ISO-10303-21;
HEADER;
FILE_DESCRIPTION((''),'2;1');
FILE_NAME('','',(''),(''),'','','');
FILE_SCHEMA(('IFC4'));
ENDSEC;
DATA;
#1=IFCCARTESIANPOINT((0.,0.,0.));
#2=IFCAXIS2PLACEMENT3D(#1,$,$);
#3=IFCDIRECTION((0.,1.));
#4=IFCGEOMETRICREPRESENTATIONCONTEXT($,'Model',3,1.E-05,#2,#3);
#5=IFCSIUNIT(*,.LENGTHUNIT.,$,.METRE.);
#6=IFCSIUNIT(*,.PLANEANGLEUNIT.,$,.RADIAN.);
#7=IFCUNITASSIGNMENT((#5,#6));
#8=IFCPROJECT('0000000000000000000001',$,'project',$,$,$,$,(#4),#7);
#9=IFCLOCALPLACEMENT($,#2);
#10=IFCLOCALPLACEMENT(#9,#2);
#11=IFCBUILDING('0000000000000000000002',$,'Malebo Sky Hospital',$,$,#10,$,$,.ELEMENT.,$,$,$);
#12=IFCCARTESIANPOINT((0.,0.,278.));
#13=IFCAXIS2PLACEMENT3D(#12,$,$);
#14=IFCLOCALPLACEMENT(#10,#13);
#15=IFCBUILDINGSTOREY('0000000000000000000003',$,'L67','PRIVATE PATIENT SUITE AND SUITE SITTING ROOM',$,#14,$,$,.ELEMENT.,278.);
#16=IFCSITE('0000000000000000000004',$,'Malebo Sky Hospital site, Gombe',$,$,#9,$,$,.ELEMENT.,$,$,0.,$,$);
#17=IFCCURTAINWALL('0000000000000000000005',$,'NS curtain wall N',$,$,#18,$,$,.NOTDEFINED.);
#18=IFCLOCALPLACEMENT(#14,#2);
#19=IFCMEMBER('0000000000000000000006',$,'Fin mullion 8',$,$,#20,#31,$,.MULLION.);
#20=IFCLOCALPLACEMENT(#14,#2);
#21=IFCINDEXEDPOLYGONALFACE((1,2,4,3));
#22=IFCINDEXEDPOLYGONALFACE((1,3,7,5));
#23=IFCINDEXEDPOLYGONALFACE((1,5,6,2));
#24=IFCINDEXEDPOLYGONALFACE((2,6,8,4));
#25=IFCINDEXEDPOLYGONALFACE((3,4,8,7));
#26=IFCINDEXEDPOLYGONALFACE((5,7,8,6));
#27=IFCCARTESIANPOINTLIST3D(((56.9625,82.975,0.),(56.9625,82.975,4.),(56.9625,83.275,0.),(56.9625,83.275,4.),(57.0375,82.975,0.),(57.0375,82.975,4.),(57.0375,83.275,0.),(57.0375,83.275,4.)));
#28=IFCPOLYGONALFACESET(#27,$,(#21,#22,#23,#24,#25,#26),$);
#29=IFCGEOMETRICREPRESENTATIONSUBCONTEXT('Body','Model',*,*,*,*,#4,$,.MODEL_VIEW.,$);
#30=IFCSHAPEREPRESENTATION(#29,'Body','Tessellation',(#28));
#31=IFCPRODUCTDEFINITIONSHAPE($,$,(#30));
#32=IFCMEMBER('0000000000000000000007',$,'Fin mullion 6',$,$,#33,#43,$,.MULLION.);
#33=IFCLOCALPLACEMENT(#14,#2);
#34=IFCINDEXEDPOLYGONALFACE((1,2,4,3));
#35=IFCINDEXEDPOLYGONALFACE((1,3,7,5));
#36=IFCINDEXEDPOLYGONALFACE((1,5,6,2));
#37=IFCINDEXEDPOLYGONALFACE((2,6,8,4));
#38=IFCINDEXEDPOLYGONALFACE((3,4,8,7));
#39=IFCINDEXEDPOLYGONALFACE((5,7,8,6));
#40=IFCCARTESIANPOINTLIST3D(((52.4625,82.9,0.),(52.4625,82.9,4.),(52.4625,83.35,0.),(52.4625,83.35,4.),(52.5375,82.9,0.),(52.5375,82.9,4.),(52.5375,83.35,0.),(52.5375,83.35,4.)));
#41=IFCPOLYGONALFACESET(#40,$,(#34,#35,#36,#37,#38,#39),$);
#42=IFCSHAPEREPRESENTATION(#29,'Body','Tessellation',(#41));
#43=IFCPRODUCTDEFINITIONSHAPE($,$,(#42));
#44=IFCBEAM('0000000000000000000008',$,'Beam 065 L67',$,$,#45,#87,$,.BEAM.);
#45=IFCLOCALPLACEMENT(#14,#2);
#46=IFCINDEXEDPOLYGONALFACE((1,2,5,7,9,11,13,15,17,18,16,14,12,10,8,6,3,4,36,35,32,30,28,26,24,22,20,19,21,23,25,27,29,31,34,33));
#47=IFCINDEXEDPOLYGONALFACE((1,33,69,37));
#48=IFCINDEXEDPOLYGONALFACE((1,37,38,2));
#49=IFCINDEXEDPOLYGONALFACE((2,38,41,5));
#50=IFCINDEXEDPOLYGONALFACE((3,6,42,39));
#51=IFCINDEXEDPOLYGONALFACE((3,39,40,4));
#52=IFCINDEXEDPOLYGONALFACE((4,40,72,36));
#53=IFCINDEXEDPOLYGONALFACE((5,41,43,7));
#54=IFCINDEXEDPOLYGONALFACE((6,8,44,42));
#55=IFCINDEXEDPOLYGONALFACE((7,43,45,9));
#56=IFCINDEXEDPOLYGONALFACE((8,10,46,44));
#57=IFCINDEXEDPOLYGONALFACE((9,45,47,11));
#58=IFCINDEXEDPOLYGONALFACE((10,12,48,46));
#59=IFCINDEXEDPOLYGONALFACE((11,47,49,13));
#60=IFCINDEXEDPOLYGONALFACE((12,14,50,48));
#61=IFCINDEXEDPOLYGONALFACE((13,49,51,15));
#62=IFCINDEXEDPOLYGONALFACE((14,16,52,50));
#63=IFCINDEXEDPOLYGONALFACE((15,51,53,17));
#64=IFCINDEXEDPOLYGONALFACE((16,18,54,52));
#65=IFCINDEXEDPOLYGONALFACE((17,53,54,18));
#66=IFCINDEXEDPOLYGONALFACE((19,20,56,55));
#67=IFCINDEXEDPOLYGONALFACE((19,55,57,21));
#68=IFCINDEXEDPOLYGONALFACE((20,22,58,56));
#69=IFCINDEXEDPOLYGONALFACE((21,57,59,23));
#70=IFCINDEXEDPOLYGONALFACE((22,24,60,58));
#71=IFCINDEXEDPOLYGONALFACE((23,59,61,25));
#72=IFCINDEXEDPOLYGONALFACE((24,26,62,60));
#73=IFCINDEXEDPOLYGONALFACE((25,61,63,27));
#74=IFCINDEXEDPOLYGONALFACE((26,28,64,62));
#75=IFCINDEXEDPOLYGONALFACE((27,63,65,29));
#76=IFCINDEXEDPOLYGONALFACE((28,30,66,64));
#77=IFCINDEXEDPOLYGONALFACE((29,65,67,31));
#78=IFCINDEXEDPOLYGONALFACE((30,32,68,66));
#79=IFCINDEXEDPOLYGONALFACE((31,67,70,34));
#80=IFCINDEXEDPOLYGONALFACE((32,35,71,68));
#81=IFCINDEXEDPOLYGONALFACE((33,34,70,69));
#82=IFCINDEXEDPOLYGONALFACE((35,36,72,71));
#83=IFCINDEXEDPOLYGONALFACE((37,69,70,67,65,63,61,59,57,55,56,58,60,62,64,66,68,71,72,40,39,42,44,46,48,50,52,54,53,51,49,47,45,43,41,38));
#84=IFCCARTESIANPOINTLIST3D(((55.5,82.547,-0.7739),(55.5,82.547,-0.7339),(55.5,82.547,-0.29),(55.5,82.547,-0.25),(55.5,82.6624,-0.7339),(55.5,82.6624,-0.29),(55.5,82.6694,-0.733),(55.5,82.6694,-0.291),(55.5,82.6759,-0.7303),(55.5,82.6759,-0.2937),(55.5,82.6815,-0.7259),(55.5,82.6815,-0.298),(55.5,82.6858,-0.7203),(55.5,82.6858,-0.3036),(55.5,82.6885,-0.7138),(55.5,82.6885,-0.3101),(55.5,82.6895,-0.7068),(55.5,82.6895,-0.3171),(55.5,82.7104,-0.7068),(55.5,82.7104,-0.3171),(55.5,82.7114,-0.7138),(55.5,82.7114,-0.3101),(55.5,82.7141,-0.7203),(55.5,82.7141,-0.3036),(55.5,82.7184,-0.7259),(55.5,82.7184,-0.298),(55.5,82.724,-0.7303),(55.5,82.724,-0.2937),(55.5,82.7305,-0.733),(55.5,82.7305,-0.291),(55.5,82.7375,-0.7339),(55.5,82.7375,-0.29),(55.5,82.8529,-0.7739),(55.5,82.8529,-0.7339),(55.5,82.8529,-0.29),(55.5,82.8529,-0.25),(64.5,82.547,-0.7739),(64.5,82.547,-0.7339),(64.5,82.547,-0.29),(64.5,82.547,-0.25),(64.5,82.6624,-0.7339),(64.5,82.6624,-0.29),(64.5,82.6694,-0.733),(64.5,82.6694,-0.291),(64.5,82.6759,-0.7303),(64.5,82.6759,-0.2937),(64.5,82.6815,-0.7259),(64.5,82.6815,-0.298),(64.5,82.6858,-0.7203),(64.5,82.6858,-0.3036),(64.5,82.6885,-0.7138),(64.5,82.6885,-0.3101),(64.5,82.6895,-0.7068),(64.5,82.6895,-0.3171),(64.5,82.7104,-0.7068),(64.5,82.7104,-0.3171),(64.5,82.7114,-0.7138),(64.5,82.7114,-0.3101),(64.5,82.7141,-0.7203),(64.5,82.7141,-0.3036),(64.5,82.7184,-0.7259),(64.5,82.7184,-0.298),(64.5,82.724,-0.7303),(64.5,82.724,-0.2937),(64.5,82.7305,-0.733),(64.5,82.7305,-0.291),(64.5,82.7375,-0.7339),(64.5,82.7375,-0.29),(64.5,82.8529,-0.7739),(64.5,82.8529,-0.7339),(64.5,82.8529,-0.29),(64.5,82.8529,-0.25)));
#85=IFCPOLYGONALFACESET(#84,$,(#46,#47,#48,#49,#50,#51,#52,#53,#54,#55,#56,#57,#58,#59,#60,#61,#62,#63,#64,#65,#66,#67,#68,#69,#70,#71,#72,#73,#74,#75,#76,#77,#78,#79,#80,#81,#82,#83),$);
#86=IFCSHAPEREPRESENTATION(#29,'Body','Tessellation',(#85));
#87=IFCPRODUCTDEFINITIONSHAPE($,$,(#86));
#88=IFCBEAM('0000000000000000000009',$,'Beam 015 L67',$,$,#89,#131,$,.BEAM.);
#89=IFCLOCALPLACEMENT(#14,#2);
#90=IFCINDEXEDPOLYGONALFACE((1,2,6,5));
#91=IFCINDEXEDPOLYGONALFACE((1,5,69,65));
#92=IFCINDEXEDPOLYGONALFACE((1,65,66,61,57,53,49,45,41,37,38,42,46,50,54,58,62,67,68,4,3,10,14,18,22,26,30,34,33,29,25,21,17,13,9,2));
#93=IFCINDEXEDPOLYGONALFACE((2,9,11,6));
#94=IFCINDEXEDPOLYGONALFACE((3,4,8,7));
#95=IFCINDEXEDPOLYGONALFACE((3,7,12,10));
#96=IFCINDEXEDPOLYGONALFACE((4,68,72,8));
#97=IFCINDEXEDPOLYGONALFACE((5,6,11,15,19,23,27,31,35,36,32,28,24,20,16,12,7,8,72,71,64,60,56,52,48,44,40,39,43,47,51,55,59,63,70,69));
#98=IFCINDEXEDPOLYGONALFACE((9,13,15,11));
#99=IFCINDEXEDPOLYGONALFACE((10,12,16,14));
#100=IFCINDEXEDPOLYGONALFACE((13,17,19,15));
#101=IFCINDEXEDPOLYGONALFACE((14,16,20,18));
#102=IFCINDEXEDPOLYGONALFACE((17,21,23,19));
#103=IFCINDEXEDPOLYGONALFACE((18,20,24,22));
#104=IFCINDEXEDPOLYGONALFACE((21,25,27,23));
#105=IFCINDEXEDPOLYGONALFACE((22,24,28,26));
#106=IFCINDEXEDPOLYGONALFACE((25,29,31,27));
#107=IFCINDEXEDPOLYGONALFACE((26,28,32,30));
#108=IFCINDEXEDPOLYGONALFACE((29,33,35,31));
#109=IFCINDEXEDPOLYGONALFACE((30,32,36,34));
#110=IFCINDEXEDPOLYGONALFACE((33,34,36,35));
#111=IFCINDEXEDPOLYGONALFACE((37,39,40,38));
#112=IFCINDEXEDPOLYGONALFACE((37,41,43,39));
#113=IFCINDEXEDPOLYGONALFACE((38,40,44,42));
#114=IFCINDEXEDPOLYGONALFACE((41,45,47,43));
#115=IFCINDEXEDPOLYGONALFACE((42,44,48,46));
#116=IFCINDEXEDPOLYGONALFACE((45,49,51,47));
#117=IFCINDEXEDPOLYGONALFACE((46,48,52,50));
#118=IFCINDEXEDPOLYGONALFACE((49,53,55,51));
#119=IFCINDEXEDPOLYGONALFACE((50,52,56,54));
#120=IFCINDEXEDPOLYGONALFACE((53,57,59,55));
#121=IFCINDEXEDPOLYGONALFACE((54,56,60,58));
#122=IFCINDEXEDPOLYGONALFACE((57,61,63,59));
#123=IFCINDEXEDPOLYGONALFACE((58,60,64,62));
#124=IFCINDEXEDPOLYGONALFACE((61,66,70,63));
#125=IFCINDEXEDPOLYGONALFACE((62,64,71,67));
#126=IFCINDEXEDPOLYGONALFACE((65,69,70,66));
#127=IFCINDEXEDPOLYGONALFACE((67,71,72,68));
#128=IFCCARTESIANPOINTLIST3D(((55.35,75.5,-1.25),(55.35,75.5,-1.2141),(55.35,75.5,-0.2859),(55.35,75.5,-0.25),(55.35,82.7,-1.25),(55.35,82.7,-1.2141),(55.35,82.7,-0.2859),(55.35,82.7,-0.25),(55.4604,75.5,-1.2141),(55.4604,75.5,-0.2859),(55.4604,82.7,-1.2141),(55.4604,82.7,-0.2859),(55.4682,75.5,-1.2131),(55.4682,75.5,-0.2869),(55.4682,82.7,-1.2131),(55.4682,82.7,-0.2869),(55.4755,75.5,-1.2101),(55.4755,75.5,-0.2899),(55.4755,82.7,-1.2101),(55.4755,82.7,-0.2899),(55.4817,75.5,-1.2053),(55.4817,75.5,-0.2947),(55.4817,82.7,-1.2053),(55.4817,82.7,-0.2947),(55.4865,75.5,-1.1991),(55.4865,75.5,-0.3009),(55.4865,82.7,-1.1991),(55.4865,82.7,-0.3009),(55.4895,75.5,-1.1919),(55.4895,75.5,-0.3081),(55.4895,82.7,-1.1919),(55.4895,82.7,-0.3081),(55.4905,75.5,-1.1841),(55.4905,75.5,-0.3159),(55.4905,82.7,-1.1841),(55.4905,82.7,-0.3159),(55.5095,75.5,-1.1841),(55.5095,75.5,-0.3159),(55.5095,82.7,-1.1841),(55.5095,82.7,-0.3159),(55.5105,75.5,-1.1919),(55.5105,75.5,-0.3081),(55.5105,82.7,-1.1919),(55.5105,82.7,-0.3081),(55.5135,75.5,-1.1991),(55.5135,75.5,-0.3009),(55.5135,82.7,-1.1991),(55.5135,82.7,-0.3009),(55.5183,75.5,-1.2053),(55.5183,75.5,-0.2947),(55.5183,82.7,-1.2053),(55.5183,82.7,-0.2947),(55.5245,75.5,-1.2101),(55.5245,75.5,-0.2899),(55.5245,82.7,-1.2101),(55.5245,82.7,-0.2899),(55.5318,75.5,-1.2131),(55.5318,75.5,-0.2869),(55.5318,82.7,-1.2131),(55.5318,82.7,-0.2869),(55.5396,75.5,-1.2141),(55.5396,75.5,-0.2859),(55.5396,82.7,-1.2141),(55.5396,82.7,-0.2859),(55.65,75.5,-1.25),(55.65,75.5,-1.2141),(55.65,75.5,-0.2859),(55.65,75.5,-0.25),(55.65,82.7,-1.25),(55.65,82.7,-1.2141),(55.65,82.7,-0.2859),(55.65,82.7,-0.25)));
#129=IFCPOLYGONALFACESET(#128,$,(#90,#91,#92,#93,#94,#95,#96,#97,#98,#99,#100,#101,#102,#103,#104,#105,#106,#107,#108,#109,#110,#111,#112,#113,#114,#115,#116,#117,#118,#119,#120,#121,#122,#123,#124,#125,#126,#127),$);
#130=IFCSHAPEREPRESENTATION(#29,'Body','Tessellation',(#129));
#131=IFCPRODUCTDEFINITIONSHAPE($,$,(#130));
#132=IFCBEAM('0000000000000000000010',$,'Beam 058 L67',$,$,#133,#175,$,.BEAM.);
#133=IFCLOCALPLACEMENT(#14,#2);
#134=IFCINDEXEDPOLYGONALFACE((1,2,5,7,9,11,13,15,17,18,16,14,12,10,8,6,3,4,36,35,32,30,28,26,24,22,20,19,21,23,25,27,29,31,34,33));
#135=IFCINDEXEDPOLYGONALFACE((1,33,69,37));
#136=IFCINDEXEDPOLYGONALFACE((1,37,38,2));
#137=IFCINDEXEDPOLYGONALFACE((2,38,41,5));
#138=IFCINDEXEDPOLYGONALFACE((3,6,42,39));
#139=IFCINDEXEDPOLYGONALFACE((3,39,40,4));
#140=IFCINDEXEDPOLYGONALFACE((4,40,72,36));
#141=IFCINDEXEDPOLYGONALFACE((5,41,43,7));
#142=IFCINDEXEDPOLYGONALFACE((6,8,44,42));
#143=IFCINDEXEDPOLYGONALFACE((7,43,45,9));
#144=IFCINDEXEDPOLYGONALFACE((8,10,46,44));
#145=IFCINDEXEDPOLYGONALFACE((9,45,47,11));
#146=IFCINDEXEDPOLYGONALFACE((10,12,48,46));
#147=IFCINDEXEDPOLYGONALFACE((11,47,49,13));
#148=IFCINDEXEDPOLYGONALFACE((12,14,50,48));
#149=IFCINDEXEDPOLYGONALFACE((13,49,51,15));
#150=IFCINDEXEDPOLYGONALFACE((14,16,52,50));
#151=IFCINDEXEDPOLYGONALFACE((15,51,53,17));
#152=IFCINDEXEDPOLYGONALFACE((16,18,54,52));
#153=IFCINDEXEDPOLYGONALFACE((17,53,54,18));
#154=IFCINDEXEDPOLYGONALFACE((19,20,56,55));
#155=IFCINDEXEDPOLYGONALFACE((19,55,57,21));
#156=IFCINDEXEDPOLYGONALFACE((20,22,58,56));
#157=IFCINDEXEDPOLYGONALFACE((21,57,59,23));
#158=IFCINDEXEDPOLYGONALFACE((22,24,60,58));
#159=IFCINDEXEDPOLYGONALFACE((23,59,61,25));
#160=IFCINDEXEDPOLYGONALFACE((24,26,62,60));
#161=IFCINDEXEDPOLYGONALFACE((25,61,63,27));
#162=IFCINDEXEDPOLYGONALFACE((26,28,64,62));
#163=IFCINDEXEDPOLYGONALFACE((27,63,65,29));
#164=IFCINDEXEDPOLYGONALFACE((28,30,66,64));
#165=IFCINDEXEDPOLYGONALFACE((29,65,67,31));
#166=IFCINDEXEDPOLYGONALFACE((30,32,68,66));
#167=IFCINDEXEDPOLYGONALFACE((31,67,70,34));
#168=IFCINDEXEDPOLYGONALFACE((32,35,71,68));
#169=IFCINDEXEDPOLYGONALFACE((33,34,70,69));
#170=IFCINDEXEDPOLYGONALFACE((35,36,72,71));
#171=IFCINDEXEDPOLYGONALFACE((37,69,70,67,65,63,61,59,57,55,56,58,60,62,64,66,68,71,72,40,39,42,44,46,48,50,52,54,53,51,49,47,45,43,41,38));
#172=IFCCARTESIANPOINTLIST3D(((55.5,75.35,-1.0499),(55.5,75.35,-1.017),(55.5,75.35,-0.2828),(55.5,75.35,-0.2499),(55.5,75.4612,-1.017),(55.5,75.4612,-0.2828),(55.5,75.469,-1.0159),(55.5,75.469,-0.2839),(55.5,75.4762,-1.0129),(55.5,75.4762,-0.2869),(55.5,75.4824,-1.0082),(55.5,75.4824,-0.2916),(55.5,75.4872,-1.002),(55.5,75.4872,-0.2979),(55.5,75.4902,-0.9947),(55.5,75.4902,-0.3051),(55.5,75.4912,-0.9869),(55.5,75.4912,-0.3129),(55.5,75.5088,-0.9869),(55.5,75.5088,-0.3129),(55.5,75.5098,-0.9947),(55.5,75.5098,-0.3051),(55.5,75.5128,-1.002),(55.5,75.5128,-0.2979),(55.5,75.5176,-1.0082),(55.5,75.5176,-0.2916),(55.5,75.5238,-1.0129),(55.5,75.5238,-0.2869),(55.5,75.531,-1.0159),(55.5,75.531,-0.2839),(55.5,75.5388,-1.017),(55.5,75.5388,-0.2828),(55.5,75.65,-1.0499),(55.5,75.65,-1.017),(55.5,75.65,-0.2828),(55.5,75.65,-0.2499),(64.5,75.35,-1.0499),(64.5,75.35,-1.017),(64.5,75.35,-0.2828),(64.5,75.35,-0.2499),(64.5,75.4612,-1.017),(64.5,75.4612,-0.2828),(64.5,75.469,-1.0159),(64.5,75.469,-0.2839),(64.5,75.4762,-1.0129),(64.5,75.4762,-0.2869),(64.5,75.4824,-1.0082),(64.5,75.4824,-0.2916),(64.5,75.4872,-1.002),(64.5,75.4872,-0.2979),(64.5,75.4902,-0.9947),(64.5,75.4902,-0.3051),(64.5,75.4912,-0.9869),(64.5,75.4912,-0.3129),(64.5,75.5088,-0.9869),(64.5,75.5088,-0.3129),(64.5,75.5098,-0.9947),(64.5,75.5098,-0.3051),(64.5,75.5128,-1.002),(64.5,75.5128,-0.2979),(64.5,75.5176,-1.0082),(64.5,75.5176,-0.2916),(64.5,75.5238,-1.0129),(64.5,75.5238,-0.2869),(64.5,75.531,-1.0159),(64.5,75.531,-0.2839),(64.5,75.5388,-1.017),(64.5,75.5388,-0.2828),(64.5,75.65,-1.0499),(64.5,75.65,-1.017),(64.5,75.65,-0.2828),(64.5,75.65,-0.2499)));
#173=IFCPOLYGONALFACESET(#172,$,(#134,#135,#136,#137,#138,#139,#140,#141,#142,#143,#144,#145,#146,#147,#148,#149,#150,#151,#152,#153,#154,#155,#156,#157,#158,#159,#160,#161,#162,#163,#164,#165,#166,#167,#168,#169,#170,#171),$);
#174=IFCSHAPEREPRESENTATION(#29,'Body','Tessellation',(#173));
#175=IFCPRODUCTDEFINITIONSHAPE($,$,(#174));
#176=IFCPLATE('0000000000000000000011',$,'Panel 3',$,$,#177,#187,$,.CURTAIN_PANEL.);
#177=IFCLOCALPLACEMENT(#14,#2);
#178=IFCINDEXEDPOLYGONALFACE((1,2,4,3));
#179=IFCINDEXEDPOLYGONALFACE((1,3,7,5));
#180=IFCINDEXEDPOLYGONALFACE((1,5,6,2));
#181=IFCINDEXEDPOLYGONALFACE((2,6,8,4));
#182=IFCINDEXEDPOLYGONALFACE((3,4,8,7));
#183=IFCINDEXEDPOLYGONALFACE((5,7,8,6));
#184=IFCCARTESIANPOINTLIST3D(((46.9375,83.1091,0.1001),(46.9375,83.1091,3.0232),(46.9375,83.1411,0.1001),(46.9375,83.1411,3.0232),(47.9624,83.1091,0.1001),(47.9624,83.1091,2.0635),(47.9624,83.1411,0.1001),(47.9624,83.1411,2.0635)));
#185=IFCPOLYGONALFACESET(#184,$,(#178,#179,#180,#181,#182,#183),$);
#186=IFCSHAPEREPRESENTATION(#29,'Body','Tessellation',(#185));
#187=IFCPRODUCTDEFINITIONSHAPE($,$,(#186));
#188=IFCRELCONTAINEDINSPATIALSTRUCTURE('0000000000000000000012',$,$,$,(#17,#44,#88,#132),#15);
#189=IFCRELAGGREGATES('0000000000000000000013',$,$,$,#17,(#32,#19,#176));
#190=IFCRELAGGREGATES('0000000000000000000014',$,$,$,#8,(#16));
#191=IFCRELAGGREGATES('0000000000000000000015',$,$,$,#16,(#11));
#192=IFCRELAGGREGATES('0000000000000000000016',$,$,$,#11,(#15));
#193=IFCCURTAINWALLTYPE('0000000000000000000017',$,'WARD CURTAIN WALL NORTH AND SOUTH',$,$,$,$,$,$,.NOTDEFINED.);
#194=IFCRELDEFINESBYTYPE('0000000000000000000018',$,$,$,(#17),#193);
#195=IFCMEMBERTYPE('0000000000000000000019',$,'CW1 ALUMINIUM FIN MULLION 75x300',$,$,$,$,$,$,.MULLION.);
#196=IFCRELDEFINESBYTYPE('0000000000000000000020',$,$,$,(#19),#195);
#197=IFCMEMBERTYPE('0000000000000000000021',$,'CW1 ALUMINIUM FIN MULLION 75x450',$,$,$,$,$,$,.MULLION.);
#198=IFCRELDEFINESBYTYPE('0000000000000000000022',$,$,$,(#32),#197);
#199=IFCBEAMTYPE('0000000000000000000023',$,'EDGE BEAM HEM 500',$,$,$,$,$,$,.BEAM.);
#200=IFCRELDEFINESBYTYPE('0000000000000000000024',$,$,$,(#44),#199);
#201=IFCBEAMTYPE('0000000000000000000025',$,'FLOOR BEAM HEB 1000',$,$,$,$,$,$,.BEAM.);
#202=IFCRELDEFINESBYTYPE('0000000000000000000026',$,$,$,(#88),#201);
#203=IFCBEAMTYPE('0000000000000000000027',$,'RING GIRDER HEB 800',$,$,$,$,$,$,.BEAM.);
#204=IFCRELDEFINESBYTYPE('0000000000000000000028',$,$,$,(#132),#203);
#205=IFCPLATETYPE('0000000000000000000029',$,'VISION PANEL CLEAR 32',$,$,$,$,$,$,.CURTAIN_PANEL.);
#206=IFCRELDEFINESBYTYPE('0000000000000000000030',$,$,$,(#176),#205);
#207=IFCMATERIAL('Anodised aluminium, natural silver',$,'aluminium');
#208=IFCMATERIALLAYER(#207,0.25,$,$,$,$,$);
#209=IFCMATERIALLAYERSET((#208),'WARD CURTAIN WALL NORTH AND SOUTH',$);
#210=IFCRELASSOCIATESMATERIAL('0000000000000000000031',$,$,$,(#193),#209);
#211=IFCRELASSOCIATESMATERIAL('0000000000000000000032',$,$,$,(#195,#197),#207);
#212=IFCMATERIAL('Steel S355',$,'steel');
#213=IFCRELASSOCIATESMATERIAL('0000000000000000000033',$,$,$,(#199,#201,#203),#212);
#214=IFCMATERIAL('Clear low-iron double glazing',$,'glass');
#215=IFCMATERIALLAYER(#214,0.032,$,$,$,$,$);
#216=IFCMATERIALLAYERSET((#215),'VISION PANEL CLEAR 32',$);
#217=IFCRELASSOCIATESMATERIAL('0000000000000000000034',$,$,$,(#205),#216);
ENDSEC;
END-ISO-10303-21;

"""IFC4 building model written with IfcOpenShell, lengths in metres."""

from ifc_helpers import new_model, si_unit, direction, frame, origin, origin_2d, place, context, subcontext, project, spatial, polyline, rectangle, i_section, outline, extrude, material, layer, layer_set, material_profile, profile_set, type_object, element, aggregate, save


model = new_model("IFC4")

# Units and contexts
model_context = context("Model", 3, precision=1e-05, world=origin(), true_north=direction((0.0, 1.0)))
body_context = subcontext(model_context, "Body", "Model", "MODEL_VIEW")
ifc_project = project(units=[si_unit("LENGTHUNIT", "METRE"), si_unit("PLANEANGLEUNIT", "RADIAN")], contexts=[model_context])

# Site, building, storey
site_placement = place(None, origin())
site = spatial("IfcSite", under=ifc_project, at=site_placement, Name="Malebo Sky Hospital site, Gombe", CompositionType="ELEMENT", RefElevation=0.0)
building_placement = place(site_placement, origin())
building = spatial("IfcBuilding", under=site, at=building_placement, Name="Malebo Sky Hospital", CompositionType="ELEMENT")
storey_placement = place(building_placement, frame((0.0, 0.0, 278.0)))
storey = spatial("IfcBuildingStorey", under=building, at=storey_placement, Name="L67", Description="PRIVATE PATIENT SUITE AND SUITE SITTING ROOM", CompositionType="ELEMENT", Elevation=278.0)

# Curtain wall
ifc_material_1 = material(Name="Anodised aluminium, natural silver", Category="aluminium")
ifc_layer_1 = layer(ifc_material_1, 0.25)
ifc_layer_set_1 = layer_set([ifc_layer_1], Name="WARD CURTAIN WALL NORTH AND SOUTH")
curtain_wall_type = type_object("IfcCurtainWallType", Name="WARD CURTAIN WALL NORTH AND SOUTH", PredefinedType="NOTDEFINED", material=ifc_layer_set_1)
curtain_wall_placement = place(storey_placement, origin())
curtain_wall = element("IfcCurtainWall", 1, at=curtain_wall_placement, inside=storey, type_object=curtain_wall_type, Name="NS curtain wall N", PredefinedType="NOTDEFINED")

# Members
ifc_material_2 = material(Name="Steel S355", Category="steel")
ifc_material_profile_1 = material_profile(ifc_material_1, rectangle(XDim=0.075, YDim=0.3, at=origin_2d()), Name="CW1 ALUMINIUM FIN MULLION 75x300")
ifc_profile_set_1 = profile_set([ifc_material_profile_1], Name="Anodised aluminium, natural silver")
member_type_1 = type_object("IfcMemberType", Name="CW1 ALUMINIUM FIN MULLION 75x300", PredefinedType="MULLION", material=ifc_profile_set_1)
member_1_placement = place(storey_placement, frame((57.0, 83.125, 0.0), z_axis=(0.0, 0.0, 1.0), x_axis=(1.0, 0.0, 0.0)))
member_1 = element("IfcMember", 2, at=member_1_placement, type_object=member_type_1, Name="Fin mullion 8", PredefinedType="MULLION", context=body_context, shape_type="SweptSolid", body=[
    extrude(rectangle(XDim=0.075, YDim=0.3, at=origin_2d()), origin(), (0.0, 0.0, 1.0), 4.0),
])
ifc_material_profile_2 = material_profile(ifc_material_1, rectangle(XDim=0.075, YDim=0.45, at=origin_2d()), Name="CW1 ALUMINIUM FIN MULLION 75x450")
ifc_profile_set_2 = profile_set([ifc_material_profile_2], Name="Anodised aluminium, natural silver")
member_type_2 = type_object("IfcMemberType", Name="CW1 ALUMINIUM FIN MULLION 75x450", PredefinedType="MULLION", material=ifc_profile_set_2)
member_2_placement = place(storey_placement, frame((52.5, 83.125, 0.0), z_axis=(0.0, 0.0, 1.0), x_axis=(1.0, 0.0, 0.0)))
member_2 = element("IfcMember", 3, at=member_2_placement, type_object=member_type_2, Name="Fin mullion 6", PredefinedType="MULLION", context=body_context, shape_type="SweptSolid", body=[
    extrude(rectangle(XDim=0.075, YDim=0.45, at=origin_2d()), origin(), (0.0, 0.0, 1.0), 4.0),
])

# Beams
ifc_material_profile_3 = material_profile(ifc_material_2, i_section(OverallWidth=0.3059, OverallDepth=0.5239, WebThickness=0.021, FlangeThickness=0.04, FilletRadius=0.0271, at=origin_2d()), Name="HEM 500")
ifc_profile_set_3 = profile_set([ifc_material_profile_3], Name="Steel S355")
beam_type_1 = type_object("IfcBeamType", Name="EDGE BEAM HEM 500", PredefinedType="BEAM", material=ifc_profile_set_3)
beam_1_placement = place(storey_placement, frame((55.5, 82.7, -0.512), z_axis=(1.0, 0.0, 0.0), x_axis=(0.0, 1.0, 0.0)))
element("IfcBeam", 4, at=beam_1_placement, inside=storey, type_object=beam_type_1, Name="Beam 065 L67", PredefinedType="BEAM", context=body_context, shape_type="SweptSolid", body=[
    extrude(i_section(OverallWidth=0.3059, OverallDepth=0.5239, WebThickness=0.021, FlangeThickness=0.04, FilletRadius=0.0271, at=origin_2d()), origin(), (0.0, 0.0, 1.0), 9.0),
])
ifc_material_profile_4 = material_profile(ifc_material_2, i_section(OverallWidth=0.3, OverallDepth=1.0, WebThickness=0.019, FlangeThickness=0.0359, FilletRadius=0.03, at=origin_2d()), Name="HEB 1000")
ifc_profile_set_4 = profile_set([ifc_material_profile_4], Name="Steel S355")
beam_type_2 = type_object("IfcBeamType", Name="FLOOR BEAM HEB 1000", PredefinedType="BEAM", material=ifc_profile_set_4)
beam_2_placement = place(storey_placement, frame((55.5, 75.5, -0.75), z_axis=(0.0, 1.0, 0.0), x_axis=(-1.0, 0.0, 0.0)))
element("IfcBeam", 5, at=beam_2_placement, inside=storey, type_object=beam_type_2, Name="Beam 015 L67", PredefinedType="BEAM", context=body_context, shape_type="SweptSolid", body=[
    extrude(i_section(OverallWidth=0.3, OverallDepth=1.0, WebThickness=0.019, FlangeThickness=0.0359, FilletRadius=0.03, at=origin_2d()), origin(), (0.0, 0.0, 1.0), 7.2),
])
ifc_material_profile_5 = material_profile(ifc_material_2, i_section(OverallWidth=0.3, OverallDepth=0.8, WebThickness=0.0176, FlangeThickness=0.033, FilletRadius=0.03, at=origin_2d()), Name="HEB 800")
ifc_profile_set_5 = profile_set([ifc_material_profile_5], Name="Steel S355")
beam_type_3 = type_object("IfcBeamType", Name="RING GIRDER HEB 800", PredefinedType="BEAM", material=ifc_profile_set_5)
beam_3_placement = place(storey_placement, frame((55.5, 75.5, -0.6499), z_axis=(1.0, 0.0, 0.0), x_axis=(0.0, 1.0, 0.0)))
element("IfcBeam", 6, at=beam_3_placement, inside=storey, type_object=beam_type_3, Name="Beam 058 L67", PredefinedType="BEAM", context=body_context, shape_type="SweptSolid", body=[
    extrude(i_section(OverallWidth=0.3, OverallDepth=0.8, WebThickness=0.0176, FlangeThickness=0.033, FilletRadius=0.03, at=origin_2d()), origin(), (0.0, 0.0, 1.0), 9.0),
])

# Plate
ifc_material_3 = material(Name="Clear low-iron double glazing", Category="glass")
ifc_layer_2 = layer(ifc_material_3, 0.032)
ifc_layer_set_2 = layer_set([ifc_layer_2], Name="VISION PANEL CLEAR 32")
plate_type = type_object("IfcPlateType", Name="VISION PANEL CLEAR 32", PredefinedType="CURTAIN_PANEL", material=ifc_layer_set_2)
plate_1_placement = place(storey_placement, frame((47.45, 83.125, 0.1001), z_axis=(0.0, 0.0, 1.0), x_axis=(1.0, 0.0, 0.0)))
plate_1 = element("IfcPlate", 7, at=plate_1_placement, type_object=plate_type, Name="Panel 3", PredefinedType="CURTAIN_PANEL", context=body_context, shape_type="SweptSolid", body=[
    extrude(outline(polyline([(-0.5125, 0.0), (0.5125, 0.0), (0.5125, 1.9634), (-0.5125, 2.9231), (-0.5125, 0.0)])), frame((0.0, 0.0161, 0.0), z_axis=(0.0, -1.0, 0.0), x_axis=(1.0, 0.0, 0.0)), (0.0, 0.0, 1.0), 0.032),
])
aggregate(curtain_wall, [member_2, member_1, plate_1])

save(model, "model.ifc")
